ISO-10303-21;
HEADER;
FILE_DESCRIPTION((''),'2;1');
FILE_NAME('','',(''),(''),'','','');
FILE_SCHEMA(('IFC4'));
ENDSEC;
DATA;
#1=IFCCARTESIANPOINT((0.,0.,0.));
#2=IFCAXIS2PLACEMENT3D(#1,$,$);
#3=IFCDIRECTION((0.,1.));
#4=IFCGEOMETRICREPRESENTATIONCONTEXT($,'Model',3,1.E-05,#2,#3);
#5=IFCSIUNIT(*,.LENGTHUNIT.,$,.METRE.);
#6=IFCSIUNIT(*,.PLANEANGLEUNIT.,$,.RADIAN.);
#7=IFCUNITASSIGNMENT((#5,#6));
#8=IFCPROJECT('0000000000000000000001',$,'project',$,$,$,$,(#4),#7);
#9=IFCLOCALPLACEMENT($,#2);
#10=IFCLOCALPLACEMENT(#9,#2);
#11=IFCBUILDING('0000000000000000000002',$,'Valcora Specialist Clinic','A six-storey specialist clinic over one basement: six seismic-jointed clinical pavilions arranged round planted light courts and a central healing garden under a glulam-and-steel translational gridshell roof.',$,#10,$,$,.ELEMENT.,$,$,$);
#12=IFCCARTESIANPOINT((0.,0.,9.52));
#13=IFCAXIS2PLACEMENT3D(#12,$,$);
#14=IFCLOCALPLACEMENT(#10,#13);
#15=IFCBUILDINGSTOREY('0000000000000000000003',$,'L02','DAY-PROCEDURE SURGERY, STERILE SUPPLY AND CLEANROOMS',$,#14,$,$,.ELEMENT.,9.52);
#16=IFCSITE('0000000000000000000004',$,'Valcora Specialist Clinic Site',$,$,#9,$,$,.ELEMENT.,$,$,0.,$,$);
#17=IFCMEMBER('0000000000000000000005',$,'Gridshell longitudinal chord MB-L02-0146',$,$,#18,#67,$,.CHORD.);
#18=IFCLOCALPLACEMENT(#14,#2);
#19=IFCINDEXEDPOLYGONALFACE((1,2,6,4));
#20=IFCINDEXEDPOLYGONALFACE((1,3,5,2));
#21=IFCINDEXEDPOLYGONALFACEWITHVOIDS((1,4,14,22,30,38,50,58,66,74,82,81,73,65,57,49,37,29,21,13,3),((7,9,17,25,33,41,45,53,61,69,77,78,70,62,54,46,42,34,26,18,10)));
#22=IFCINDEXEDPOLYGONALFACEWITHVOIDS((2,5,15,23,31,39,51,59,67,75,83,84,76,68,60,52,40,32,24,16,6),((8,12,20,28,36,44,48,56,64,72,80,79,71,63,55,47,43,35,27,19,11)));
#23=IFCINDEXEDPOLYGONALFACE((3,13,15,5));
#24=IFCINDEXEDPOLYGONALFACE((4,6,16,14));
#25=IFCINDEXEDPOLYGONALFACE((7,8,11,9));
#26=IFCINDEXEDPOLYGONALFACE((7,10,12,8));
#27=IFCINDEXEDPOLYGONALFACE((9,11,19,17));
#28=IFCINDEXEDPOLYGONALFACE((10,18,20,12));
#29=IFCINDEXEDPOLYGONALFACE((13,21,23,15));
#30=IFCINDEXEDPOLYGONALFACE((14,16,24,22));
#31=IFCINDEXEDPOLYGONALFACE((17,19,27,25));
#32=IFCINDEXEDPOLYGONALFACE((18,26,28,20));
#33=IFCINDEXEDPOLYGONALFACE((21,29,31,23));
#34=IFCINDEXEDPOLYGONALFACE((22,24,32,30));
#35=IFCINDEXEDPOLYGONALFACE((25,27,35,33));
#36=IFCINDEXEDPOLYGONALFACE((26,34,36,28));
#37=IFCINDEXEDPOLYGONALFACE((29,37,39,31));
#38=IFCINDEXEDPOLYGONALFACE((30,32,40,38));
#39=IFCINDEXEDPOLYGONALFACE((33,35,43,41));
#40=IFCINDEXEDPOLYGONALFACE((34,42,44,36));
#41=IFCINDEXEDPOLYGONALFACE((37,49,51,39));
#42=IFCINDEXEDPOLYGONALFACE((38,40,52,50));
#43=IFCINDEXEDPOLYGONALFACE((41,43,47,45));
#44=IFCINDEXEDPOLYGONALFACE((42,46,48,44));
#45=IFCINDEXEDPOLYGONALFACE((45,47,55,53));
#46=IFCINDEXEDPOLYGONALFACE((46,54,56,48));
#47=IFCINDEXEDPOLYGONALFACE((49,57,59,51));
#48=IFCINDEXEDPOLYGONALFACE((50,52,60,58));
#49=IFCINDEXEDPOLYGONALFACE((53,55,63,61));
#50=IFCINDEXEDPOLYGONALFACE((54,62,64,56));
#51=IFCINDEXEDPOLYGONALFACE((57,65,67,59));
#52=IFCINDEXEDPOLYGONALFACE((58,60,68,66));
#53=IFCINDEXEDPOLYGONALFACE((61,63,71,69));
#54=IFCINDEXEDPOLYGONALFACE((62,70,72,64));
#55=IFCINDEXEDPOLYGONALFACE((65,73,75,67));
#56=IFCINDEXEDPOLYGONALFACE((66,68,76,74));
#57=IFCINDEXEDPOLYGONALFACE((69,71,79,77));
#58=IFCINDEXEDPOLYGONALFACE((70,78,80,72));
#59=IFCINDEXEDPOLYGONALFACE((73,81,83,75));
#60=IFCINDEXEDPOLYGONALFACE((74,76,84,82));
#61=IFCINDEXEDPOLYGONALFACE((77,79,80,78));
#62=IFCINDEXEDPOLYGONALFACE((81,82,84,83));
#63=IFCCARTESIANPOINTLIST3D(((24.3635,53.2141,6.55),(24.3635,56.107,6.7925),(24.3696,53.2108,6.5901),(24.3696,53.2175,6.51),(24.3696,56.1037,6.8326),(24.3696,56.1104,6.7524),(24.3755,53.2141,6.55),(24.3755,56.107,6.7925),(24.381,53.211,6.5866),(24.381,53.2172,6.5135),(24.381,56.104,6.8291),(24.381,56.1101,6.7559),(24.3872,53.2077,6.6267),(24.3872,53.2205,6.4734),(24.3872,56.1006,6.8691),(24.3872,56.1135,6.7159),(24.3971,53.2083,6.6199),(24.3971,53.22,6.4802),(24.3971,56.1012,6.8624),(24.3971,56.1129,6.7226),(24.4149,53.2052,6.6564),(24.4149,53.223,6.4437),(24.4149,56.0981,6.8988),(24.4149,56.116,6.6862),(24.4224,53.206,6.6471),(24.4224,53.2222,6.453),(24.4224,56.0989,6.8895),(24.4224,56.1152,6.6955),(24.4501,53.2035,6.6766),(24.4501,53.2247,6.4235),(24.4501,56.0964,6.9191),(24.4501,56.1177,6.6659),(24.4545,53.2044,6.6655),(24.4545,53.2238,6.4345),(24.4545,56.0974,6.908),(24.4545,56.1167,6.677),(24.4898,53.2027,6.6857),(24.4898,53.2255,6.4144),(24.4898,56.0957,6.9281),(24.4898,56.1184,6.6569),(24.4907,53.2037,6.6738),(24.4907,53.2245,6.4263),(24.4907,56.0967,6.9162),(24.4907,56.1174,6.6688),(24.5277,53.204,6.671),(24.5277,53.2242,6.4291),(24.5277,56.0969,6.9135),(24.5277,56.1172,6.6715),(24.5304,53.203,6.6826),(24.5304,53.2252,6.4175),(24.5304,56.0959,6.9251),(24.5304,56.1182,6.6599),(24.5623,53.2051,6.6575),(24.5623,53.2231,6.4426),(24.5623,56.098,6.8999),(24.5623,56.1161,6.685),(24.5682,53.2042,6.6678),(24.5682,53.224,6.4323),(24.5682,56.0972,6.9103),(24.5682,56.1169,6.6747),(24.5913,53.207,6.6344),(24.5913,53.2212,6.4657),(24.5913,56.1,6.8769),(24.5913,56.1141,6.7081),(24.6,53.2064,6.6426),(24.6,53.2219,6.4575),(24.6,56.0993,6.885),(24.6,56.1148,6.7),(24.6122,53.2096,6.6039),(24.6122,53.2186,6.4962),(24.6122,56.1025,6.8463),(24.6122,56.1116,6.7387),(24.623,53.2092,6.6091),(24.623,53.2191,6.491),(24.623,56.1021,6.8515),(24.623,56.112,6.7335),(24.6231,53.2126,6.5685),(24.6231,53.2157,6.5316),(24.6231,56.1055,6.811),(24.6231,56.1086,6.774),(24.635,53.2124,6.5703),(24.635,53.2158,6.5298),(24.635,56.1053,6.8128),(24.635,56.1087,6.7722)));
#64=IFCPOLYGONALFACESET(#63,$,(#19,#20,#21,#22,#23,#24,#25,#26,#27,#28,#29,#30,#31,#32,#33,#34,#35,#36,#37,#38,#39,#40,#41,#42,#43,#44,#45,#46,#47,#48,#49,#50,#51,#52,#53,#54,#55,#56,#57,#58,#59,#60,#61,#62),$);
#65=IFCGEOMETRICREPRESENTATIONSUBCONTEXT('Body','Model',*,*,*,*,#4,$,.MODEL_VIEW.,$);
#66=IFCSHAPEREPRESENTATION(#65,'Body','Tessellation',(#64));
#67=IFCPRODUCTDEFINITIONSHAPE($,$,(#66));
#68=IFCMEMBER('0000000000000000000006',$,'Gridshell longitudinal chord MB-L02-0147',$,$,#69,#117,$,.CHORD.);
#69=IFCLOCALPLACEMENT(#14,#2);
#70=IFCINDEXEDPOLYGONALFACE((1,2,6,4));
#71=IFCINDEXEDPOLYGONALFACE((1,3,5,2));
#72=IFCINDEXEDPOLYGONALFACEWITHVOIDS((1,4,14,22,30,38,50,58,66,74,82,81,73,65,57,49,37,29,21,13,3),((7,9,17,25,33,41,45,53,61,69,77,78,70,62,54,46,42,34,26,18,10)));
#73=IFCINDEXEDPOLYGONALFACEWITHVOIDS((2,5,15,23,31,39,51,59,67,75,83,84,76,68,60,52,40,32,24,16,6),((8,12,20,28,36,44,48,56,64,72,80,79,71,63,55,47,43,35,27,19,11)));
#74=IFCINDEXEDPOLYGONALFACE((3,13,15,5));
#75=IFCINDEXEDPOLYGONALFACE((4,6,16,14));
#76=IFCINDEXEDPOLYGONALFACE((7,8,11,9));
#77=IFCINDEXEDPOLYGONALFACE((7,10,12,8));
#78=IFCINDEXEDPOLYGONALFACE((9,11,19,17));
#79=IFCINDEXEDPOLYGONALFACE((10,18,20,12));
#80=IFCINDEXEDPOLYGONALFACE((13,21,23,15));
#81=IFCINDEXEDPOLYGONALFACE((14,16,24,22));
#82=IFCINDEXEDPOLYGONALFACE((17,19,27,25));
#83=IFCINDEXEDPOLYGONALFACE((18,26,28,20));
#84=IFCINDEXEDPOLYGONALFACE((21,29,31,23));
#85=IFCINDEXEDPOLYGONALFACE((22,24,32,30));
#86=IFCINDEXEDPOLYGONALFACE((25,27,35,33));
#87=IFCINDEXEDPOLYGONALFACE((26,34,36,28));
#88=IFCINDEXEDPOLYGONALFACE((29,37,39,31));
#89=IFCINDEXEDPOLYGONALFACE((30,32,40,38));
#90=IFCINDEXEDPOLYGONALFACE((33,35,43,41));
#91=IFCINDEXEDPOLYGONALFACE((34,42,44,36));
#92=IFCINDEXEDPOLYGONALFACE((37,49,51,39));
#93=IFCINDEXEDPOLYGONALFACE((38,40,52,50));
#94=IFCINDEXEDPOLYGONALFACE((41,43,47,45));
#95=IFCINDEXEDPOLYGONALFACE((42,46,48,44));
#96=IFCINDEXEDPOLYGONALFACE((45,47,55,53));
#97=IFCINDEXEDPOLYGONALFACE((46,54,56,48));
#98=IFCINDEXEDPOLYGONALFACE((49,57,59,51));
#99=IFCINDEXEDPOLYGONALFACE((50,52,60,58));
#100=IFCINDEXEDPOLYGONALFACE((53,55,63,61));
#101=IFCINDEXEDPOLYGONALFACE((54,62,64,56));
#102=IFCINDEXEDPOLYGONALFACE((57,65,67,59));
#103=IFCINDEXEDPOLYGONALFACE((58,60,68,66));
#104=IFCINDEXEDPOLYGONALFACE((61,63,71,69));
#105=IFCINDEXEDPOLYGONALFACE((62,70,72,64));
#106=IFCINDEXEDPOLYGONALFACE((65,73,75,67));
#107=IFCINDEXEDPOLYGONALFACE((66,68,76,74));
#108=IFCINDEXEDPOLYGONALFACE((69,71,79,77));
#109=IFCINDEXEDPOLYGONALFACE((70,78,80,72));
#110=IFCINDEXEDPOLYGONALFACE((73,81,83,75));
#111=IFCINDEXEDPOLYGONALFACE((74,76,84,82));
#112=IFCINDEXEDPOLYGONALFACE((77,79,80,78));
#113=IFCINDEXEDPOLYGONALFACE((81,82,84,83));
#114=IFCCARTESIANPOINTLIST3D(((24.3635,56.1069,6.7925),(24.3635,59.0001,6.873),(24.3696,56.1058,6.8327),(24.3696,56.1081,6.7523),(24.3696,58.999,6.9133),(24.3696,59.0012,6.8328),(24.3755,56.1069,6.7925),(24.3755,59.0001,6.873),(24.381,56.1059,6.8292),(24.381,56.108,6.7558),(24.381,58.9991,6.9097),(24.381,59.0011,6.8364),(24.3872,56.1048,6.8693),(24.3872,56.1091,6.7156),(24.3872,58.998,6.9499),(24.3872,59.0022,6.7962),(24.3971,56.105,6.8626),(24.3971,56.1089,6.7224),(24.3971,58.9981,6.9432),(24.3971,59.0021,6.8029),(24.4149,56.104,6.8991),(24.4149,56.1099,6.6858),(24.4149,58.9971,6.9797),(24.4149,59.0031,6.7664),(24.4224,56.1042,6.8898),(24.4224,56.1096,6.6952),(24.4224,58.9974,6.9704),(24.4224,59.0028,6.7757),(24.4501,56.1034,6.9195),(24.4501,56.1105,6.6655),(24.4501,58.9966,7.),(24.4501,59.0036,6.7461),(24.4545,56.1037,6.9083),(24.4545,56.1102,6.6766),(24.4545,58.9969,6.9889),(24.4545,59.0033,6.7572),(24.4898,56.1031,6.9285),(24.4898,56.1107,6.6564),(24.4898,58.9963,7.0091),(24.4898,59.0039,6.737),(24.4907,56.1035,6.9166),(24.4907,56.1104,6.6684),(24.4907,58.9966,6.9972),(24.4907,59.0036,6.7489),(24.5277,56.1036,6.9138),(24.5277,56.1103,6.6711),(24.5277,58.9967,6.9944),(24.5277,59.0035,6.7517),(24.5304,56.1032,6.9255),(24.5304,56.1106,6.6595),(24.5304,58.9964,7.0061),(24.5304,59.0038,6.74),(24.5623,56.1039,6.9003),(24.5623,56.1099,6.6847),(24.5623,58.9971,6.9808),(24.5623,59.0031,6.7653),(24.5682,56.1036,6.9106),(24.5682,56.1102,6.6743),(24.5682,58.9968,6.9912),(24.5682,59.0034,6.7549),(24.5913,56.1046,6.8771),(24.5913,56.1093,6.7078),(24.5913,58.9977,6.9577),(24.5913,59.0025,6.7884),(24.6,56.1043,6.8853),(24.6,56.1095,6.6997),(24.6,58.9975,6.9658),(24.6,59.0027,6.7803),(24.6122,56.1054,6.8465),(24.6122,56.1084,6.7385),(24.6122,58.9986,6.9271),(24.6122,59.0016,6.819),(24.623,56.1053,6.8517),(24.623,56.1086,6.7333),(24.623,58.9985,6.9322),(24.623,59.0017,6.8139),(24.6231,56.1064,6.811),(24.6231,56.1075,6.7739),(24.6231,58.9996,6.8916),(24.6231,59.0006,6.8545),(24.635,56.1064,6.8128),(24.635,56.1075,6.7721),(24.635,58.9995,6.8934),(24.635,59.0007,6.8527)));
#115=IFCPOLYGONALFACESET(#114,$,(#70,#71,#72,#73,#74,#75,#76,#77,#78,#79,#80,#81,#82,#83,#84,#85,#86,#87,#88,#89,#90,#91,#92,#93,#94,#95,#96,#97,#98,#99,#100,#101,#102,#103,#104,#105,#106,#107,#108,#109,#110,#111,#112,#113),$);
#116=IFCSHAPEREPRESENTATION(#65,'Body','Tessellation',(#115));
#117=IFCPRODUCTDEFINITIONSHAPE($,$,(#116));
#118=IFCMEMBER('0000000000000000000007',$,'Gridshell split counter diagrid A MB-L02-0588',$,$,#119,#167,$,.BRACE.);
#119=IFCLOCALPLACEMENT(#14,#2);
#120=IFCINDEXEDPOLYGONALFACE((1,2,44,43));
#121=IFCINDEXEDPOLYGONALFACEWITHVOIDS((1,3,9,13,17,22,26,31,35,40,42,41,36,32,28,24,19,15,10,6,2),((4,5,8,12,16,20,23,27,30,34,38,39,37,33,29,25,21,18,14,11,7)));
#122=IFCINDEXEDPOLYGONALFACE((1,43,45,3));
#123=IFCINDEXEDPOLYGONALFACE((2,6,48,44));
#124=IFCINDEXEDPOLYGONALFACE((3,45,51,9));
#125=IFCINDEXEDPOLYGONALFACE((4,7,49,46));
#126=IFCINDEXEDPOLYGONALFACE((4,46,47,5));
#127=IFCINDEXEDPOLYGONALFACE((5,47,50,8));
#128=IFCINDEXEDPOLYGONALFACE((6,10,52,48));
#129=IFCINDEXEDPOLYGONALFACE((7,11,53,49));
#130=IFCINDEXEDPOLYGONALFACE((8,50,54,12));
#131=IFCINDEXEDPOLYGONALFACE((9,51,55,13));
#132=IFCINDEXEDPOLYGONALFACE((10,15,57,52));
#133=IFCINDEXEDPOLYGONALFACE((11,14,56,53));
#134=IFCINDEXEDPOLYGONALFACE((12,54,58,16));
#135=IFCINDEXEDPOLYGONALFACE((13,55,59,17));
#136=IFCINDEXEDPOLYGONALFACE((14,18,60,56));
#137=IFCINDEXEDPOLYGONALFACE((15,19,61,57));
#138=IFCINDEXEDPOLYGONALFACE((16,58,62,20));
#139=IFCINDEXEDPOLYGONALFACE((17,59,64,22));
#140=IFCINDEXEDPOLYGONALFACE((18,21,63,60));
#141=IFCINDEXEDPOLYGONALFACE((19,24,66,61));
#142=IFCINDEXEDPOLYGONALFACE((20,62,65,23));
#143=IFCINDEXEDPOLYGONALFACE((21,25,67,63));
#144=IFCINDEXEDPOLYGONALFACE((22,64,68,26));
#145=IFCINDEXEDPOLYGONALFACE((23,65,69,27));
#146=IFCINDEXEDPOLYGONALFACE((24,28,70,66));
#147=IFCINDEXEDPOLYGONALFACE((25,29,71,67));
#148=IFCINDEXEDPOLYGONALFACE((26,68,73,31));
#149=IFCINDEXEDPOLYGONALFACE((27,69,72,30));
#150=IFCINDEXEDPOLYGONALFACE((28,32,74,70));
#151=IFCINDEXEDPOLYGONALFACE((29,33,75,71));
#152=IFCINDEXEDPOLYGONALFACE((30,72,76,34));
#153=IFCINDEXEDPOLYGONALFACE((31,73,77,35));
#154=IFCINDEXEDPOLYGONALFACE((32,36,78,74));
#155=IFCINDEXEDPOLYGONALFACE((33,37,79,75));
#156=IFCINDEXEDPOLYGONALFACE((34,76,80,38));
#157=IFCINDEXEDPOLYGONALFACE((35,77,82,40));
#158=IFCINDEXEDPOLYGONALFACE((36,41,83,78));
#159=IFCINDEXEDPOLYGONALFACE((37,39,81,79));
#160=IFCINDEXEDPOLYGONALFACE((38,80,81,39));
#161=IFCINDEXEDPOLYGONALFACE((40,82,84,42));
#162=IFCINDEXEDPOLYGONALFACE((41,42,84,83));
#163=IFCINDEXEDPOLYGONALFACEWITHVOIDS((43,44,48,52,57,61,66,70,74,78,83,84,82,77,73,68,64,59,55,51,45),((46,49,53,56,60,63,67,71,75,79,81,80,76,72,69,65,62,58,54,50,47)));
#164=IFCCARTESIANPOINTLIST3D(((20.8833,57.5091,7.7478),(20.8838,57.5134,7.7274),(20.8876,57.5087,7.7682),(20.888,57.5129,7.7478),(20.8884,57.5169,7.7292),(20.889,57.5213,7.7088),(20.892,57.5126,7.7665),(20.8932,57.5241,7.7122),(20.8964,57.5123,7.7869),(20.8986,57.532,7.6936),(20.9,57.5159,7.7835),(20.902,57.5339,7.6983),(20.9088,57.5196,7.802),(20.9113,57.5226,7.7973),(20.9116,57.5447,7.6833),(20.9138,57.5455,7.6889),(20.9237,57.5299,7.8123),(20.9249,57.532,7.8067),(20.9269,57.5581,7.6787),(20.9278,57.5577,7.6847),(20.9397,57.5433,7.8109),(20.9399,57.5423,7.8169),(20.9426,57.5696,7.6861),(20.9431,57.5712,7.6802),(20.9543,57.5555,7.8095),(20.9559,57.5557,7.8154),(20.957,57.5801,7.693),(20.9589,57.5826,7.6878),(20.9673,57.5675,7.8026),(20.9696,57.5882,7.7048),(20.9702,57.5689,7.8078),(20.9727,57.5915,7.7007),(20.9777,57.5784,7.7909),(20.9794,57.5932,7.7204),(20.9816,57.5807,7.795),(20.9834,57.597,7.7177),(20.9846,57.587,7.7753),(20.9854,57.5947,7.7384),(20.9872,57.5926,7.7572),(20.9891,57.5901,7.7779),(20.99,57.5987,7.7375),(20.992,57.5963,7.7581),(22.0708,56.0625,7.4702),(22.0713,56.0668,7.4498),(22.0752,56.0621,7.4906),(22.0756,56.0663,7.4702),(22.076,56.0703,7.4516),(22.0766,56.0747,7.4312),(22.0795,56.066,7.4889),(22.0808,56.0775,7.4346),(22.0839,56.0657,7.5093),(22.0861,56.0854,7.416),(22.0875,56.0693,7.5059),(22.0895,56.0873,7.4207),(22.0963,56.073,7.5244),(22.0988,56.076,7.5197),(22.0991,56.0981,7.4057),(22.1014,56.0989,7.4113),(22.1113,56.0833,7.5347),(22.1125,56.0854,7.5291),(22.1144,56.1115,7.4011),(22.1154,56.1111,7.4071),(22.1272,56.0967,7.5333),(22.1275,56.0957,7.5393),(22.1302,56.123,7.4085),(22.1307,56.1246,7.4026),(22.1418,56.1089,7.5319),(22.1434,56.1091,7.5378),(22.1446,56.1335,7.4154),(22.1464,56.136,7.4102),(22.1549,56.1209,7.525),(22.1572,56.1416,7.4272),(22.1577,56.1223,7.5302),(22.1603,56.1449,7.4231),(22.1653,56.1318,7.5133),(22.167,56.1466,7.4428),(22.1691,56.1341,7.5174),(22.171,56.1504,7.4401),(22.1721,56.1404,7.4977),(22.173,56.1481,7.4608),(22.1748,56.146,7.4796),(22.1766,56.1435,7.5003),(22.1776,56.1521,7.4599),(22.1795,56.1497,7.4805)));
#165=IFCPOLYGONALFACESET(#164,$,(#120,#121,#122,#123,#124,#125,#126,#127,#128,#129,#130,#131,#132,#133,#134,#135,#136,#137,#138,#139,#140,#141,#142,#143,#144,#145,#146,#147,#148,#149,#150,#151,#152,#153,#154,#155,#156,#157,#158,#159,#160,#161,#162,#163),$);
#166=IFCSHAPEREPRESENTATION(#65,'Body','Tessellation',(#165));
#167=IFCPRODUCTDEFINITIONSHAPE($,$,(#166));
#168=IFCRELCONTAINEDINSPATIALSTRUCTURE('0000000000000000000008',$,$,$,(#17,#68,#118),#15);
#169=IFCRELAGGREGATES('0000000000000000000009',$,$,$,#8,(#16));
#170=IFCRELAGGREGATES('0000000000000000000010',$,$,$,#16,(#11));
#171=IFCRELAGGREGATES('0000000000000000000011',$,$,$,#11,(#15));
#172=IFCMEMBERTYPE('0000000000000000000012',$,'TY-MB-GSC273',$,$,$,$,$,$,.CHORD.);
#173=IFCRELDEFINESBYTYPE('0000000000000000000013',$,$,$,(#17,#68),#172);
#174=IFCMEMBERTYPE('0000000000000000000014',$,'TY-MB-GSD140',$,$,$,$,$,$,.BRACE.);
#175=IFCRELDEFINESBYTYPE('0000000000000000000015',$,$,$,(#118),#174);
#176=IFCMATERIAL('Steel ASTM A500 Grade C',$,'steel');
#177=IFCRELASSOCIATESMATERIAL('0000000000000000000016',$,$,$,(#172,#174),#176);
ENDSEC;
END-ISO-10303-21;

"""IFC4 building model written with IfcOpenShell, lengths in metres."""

from ifc_helpers import new_model, si_unit, direction, frame, origin, origin_2d, place, context, subcontext, project, spatial, hollow_circle, extrude, material, material_profile, profile_set, type_object, element, save


model = new_model("IFC4")

# Units and contexts
model_context = context("Model", 3, precision=1e-05, world=origin(), true_north=direction((0.0, 1.0)))
body_context = subcontext(model_context, "Body", "Model", "MODEL_VIEW")
ifc_project = project(units=[si_unit("LENGTHUNIT", "METRE"), si_unit("PLANEANGLEUNIT", "RADIAN")], contexts=[model_context])

# Site, building, storey
site_placement = place(None, origin())
site = spatial("IfcSite", under=ifc_project, at=site_placement, Name="Valcora Specialist Clinic Site", CompositionType="ELEMENT", RefElevation=0.0)
building_placement = place(site_placement, origin())
building = spatial("IfcBuilding", under=site, at=building_placement, Name="Valcora Specialist Clinic", Description="A six-storey specialist clinic over one basement: six seismic-jointed clinical pavilions arranged round planted light courts and a central healing garden under a glulam-and-steel translational gridshell roof.", CompositionType="ELEMENT")
storey_placement = place(building_placement, frame((0.0, 0.0, 9.52)))
storey = spatial("IfcBuildingStorey", under=building, at=storey_placement, Name="L02", Description="DAY-PROCEDURE SURGERY, STERILE SUPPLY AND CLEANROOMS", CompositionType="ELEMENT", Elevation=9.52)

# Members
ifc_material_1 = material(Name="Steel ASTM A500 Grade C", Category="steel")
ifc_material_profile_1 = material_profile(ifc_material_1, hollow_circle(Radius=0.1365, WallThickness=0.012, at=origin_2d()), Name="ST-CHS-273X12")
ifc_profile_set_1 = profile_set([ifc_material_profile_1], Name="Steel ASTM A500 Grade C")
member_type_1 = type_object("IfcMemberType", Name="TY-MB-GSC273", PredefinedType="CHORD", material=ifc_profile_set_1)
member_1_placement = place(storey_placement, frame((24.5, 53.2141, 6.55), z_axis=(0.0, 0.996507, 0.083512), x_axis=(-1.0, 0.0, 0.0)))
element("IfcMember", 1, at=member_1_placement, inside=storey, type_object=member_type_1, Name="Gridshell longitudinal chord MB-L02-0146", PredefinedType="CHORD", context=body_context, shape_type="SweptSolid", body=[
    extrude(hollow_circle(Radius=0.1365, WallThickness=0.012, at=origin_2d()), origin(), (0.0, 0.0, 1.0), 2.9031),
])
member_2_placement = place(storey_placement, frame((24.5, 56.1069, 6.7925), z_axis=(0.0, 0.999612, 0.027837), x_axis=(-1.0, 0.0, 0.0)))
element("IfcMember", 2, at=member_2_placement, inside=storey, type_object=member_type_1, Name="Gridshell longitudinal chord MB-L02-0147", PredefinedType="CHORD", context=body_context, shape_type="SweptSolid", body=[
    extrude(hollow_circle(Radius=0.1365, WallThickness=0.012, at=origin_2d()), origin(), (0.0, 0.0, 1.0), 2.8943),
])
ifc_material_profile_2 = material_profile(ifc_material_1, hollow_circle(Radius=0.0701, WallThickness=0.0061, at=origin_2d()), Name="ST-CHS-140X6")
ifc_profile_set_2 = profile_set([ifc_material_profile_2], Name="Steel ASTM A500 Grade C")
member_type_2 = type_object("IfcMemberType", Name="TY-MB-GSD140", PredefinedType="BRACE", material=ifc_profile_set_2)
member_3_placement = place(storey_placement, frame((22.125, 56.1069, 7.4702), z_axis=(-0.627642, 0.764552, 0.146717), x_axis=(-0.772916, -0.634508, 0.0)))
element("IfcMember", 3, at=member_3_placement, inside=storey, type_object=member_type_2, Name="Gridshell split counter diagrid A MB-L02-0588", PredefinedType="BRACE", context=body_context, shape_type="SweptSolid", body=[
    extrude(hollow_circle(Radius=0.0701, WallThickness=0.0061, at=origin_2d()), origin(), (0.0, 0.0, 1.0), 1.8921),
])

save(model, "model.ifc")
